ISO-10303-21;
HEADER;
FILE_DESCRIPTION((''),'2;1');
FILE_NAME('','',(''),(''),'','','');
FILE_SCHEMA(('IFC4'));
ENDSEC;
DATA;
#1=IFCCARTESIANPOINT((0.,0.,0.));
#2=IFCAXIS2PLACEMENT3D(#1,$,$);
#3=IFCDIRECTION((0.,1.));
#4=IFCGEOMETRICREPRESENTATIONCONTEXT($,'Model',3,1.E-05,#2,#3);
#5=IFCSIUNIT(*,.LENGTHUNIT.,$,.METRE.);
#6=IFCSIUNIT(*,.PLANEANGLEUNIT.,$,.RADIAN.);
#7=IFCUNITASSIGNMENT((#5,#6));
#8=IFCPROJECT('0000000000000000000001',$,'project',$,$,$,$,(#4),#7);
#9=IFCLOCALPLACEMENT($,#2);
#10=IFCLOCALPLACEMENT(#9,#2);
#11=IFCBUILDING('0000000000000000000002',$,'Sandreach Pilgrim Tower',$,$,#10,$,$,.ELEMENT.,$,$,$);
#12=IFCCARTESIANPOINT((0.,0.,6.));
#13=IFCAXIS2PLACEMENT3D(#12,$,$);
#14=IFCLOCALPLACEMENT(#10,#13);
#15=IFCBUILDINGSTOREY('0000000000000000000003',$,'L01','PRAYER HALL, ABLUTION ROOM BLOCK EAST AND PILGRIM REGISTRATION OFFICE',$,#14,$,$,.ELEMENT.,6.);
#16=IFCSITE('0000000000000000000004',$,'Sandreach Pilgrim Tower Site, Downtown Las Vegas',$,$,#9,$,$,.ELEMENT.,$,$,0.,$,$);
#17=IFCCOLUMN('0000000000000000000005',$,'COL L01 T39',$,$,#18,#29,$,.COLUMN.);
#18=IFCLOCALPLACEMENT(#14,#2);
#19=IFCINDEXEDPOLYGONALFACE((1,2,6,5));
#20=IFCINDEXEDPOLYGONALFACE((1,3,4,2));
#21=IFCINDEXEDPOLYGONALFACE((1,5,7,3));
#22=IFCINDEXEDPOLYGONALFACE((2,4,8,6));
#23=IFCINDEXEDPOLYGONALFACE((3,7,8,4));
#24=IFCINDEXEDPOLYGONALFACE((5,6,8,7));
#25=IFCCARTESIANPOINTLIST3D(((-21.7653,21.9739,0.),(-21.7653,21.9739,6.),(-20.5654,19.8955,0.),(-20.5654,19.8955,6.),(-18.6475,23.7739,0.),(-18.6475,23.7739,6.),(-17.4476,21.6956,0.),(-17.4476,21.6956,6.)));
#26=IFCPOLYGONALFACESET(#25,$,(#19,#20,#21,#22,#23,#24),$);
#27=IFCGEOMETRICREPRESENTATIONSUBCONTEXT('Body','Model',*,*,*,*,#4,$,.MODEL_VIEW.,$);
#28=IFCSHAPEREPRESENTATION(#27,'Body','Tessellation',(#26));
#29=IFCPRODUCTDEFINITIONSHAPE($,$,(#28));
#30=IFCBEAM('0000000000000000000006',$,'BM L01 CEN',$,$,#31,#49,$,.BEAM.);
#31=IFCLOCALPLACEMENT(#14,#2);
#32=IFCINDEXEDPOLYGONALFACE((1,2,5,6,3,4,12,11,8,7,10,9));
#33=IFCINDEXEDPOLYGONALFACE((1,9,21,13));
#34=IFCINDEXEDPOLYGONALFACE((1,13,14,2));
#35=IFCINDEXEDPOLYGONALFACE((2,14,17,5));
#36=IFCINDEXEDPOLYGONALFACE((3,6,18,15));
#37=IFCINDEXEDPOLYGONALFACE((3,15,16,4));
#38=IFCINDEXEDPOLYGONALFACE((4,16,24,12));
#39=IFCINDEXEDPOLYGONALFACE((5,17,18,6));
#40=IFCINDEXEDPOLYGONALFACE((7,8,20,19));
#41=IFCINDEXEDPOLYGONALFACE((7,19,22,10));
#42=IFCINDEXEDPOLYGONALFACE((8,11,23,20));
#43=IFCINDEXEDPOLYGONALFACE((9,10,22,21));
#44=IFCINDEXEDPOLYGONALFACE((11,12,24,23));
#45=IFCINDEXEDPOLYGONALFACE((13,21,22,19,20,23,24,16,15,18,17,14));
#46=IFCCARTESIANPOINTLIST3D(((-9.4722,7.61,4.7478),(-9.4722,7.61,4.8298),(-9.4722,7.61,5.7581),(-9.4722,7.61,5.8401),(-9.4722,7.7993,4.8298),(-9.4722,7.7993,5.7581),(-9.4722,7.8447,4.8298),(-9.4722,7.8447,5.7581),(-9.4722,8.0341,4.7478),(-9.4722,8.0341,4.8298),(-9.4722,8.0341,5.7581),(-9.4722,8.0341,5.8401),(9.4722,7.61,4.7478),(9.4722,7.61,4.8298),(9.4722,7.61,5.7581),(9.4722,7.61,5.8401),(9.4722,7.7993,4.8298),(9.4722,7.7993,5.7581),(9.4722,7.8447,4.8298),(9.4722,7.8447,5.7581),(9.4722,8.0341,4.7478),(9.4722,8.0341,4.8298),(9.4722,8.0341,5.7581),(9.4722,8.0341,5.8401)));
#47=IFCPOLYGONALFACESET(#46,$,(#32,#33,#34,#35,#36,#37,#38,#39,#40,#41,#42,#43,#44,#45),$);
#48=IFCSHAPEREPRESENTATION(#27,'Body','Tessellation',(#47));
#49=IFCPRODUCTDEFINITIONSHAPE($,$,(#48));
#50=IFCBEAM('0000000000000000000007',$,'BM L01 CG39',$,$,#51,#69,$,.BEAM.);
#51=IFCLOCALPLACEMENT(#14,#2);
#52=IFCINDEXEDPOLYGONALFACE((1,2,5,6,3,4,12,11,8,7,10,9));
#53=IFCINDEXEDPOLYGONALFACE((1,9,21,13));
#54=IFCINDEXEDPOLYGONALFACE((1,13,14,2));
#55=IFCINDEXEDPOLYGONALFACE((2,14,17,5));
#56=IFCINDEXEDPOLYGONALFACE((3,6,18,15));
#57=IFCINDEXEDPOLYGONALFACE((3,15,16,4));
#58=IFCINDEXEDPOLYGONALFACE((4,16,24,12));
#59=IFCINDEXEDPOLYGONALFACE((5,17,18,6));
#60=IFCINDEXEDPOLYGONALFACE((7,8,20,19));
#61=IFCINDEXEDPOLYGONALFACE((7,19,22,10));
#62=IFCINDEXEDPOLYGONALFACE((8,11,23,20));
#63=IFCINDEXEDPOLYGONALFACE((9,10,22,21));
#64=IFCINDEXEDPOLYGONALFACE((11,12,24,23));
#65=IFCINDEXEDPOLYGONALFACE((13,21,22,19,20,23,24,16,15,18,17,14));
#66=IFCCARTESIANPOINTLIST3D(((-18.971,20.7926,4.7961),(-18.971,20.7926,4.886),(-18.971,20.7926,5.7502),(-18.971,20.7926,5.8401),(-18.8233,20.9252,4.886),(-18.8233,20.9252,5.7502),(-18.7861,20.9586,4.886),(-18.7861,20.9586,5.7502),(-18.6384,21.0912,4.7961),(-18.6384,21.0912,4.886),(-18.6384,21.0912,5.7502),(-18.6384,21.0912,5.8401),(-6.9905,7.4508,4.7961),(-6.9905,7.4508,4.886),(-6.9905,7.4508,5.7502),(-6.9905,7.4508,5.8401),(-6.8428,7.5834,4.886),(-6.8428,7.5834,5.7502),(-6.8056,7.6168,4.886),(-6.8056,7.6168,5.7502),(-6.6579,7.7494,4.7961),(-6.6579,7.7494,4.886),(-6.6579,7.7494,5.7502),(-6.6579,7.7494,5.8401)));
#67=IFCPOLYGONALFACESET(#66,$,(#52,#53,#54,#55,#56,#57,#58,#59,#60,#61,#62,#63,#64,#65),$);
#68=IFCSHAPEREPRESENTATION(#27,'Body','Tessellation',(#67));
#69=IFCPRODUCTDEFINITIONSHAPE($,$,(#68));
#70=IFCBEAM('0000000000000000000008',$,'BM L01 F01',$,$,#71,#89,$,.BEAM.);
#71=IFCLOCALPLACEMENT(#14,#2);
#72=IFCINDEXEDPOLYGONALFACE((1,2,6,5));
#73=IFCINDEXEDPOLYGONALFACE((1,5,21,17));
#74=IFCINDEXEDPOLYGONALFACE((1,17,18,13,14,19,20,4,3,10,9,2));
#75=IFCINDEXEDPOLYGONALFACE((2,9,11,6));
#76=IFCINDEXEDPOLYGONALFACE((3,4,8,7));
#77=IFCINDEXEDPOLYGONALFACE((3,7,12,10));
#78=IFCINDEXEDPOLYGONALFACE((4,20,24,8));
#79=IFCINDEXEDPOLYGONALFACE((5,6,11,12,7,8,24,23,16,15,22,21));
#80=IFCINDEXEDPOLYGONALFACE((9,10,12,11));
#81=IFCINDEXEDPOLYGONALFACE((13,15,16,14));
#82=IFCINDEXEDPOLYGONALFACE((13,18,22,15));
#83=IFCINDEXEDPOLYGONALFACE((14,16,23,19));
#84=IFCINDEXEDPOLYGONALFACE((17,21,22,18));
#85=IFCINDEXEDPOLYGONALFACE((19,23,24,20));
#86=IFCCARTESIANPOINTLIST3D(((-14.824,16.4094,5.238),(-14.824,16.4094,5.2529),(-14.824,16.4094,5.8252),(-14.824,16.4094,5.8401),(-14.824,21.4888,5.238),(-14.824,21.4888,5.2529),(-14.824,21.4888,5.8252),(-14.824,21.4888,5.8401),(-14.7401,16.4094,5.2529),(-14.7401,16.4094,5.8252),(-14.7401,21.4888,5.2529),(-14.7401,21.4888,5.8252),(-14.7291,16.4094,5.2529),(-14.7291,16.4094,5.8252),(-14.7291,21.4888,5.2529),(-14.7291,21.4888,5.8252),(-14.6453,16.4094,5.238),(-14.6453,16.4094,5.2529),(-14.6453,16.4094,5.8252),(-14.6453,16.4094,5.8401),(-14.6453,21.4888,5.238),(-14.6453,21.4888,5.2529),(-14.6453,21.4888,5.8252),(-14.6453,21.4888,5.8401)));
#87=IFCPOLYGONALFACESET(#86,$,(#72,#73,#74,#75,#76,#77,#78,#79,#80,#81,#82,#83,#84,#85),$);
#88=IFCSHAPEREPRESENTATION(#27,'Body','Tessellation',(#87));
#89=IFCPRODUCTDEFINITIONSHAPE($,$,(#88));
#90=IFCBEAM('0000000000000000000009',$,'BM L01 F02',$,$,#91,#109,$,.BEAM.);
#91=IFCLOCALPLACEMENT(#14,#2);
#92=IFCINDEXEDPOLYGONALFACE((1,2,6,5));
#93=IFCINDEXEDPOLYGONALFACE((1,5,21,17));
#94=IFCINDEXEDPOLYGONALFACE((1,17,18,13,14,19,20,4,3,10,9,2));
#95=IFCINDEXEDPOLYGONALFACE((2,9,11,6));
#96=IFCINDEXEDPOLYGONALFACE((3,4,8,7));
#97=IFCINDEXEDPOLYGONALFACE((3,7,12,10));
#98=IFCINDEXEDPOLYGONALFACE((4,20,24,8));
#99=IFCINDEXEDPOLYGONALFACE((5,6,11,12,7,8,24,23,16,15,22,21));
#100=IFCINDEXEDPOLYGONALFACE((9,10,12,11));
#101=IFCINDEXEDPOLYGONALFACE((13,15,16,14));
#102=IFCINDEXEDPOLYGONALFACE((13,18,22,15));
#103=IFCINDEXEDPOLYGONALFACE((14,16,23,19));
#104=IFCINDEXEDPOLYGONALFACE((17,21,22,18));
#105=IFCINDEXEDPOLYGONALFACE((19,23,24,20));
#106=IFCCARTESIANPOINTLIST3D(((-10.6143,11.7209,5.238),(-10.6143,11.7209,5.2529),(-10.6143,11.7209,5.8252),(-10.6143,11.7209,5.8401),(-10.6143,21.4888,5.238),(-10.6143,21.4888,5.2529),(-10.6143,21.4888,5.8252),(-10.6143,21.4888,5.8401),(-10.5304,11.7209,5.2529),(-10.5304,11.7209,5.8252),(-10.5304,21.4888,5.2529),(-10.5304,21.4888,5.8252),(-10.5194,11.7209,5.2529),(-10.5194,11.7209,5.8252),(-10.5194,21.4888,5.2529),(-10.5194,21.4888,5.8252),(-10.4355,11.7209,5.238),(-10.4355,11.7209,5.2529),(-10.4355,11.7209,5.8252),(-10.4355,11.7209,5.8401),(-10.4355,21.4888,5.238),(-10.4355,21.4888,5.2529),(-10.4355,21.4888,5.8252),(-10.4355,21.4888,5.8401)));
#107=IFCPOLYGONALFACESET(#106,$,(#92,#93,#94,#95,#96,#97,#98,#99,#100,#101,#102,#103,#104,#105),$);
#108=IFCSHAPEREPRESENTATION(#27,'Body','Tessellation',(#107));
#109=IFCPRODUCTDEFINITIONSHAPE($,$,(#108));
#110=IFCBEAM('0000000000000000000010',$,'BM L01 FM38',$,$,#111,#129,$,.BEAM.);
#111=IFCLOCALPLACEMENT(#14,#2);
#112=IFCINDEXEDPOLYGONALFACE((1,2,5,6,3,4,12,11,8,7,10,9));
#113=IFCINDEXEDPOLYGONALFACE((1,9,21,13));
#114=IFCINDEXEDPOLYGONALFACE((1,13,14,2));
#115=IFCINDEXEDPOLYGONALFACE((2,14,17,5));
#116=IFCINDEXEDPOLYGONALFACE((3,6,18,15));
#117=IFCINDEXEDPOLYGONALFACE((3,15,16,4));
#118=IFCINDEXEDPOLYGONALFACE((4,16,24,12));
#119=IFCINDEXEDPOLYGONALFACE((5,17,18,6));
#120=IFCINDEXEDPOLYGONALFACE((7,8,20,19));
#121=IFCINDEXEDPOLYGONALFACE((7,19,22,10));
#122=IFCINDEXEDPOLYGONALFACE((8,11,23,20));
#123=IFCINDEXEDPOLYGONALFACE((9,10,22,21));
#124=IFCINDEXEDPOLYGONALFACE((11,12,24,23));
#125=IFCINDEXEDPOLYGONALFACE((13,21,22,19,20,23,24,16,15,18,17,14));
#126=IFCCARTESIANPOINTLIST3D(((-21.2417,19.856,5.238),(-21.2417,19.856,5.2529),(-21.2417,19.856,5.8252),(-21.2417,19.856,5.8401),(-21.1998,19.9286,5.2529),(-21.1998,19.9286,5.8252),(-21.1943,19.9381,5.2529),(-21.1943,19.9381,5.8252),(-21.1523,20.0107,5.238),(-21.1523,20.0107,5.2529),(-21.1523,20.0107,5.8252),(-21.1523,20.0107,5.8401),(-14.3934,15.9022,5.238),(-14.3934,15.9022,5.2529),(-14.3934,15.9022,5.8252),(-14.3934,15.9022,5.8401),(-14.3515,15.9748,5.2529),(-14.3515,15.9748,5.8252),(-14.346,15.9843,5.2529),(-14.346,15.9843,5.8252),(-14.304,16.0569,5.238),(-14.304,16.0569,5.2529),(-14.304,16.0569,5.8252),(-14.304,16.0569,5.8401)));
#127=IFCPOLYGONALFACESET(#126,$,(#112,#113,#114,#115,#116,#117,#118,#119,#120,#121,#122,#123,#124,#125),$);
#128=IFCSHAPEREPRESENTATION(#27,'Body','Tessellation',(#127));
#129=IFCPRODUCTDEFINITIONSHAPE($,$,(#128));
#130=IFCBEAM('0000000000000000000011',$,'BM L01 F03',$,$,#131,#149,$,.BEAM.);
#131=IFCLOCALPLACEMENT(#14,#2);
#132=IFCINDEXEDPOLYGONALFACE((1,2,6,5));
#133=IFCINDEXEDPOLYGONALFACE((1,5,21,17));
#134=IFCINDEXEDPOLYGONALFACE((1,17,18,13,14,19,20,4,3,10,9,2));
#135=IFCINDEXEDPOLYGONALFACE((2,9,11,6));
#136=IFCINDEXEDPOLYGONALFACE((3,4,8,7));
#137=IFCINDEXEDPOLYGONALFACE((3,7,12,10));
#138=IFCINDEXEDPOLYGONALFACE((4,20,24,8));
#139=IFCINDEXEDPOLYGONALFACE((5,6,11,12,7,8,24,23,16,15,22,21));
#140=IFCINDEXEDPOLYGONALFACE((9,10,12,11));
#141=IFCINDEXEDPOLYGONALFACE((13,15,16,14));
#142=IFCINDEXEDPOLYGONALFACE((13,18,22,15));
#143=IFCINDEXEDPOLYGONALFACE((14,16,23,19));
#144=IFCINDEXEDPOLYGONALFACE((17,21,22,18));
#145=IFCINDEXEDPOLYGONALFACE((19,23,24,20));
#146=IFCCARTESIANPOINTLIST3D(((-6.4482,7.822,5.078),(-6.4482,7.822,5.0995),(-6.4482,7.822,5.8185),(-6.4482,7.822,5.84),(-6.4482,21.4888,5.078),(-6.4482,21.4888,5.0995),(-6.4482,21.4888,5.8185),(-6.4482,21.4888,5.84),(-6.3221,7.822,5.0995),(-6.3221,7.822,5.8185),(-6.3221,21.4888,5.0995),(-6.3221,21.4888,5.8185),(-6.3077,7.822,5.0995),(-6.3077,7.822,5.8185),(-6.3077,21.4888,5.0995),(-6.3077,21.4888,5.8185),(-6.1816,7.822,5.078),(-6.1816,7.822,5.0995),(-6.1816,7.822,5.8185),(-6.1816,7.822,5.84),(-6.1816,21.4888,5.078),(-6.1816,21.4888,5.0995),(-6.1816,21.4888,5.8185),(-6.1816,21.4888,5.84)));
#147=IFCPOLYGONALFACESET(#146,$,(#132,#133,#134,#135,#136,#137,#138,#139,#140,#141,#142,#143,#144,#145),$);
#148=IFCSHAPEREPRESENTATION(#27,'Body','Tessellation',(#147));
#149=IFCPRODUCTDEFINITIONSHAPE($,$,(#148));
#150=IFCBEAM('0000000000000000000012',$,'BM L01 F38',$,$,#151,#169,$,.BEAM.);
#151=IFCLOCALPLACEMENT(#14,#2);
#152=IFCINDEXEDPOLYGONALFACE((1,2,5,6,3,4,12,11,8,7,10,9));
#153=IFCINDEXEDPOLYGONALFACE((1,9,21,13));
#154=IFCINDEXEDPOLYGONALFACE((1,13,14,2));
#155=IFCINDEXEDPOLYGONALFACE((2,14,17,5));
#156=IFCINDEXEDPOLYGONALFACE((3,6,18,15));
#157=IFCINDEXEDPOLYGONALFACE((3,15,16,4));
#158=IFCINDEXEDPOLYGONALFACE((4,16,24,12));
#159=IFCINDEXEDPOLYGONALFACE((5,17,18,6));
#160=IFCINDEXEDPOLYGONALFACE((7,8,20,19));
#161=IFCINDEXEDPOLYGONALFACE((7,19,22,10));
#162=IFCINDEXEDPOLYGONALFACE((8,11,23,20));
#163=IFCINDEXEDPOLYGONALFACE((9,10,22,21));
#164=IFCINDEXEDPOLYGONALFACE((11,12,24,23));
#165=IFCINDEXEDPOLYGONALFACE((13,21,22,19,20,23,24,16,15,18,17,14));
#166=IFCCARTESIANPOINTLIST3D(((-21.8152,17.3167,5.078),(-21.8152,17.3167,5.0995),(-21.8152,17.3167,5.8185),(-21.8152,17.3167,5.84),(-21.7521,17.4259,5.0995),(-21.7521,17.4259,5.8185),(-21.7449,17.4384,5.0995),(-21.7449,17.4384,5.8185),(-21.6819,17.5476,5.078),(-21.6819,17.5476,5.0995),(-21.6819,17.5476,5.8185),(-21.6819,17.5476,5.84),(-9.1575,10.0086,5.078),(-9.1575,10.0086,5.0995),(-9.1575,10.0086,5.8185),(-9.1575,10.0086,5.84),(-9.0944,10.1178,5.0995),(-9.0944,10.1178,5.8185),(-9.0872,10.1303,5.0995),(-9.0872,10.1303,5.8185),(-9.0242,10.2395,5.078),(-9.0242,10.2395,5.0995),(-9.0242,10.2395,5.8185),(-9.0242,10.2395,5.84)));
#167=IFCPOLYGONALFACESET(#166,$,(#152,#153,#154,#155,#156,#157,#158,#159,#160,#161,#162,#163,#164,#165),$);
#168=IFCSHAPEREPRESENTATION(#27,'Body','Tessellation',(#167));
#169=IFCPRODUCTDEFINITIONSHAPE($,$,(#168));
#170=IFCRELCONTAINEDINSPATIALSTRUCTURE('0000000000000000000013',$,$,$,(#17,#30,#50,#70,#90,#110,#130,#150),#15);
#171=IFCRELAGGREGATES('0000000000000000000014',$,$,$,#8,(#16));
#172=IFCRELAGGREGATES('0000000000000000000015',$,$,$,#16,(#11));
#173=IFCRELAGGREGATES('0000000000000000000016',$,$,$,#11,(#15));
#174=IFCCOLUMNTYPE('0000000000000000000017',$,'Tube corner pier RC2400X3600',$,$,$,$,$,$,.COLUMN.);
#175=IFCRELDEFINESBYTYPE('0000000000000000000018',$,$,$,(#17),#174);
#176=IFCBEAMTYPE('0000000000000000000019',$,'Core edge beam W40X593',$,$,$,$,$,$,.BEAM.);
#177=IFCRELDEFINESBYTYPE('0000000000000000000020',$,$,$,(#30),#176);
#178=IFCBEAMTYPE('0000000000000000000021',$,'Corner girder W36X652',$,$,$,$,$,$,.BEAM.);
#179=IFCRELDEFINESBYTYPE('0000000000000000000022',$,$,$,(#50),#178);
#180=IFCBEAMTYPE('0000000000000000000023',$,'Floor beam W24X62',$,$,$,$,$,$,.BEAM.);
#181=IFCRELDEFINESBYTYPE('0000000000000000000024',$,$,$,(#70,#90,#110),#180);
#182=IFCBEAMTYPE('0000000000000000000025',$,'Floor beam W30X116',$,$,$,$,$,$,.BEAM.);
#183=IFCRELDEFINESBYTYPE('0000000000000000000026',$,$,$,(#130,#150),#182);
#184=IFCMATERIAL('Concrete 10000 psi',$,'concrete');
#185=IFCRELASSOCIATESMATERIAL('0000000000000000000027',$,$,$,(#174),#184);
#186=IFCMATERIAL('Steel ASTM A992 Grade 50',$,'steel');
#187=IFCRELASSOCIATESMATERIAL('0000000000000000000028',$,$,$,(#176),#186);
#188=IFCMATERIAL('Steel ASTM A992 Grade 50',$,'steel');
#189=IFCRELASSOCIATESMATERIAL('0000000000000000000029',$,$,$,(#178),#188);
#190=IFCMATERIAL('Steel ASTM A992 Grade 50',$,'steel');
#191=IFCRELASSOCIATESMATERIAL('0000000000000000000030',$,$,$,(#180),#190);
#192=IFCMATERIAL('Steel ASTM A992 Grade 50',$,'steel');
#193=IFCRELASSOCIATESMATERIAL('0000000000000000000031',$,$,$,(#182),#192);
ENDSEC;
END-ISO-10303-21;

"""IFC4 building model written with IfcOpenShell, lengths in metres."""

from ifc_helpers import new_model, si_unit, direction, frame, origin, origin_2d, place, context, subcontext, project, spatial, rectangle, i_section, extrude, material, material_profile, profile_set, type_object, element, save


model = new_model("IFC4")

# Units and contexts
model_context = context("Model", 3, precision=1e-05, world=origin(), true_north=direction((0.0, 1.0)))
body_context = subcontext(model_context, "Body", "Model", "MODEL_VIEW")
ifc_project = project(units=[si_unit("LENGTHUNIT", "METRE"), si_unit("PLANEANGLEUNIT", "RADIAN")], contexts=[model_context])

# Site, building, storey
site_placement = place(None, origin())
site = spatial("IfcSite", under=ifc_project, at=site_placement, Name="Sandreach Pilgrim Tower Site, Downtown Las Vegas", CompositionType="ELEMENT", RefElevation=0.0)
building_placement = place(site_placement, origin())
building = spatial("IfcBuilding", under=site, at=building_placement, Name="Sandreach Pilgrim Tower", CompositionType="ELEMENT")
storey_placement = place(building_placement, frame((0.0, 0.0, 6.0)))
storey = spatial("IfcBuildingStorey", under=building, at=storey_placement, Name="L01", Description="PRAYER HALL, ABLUTION ROOM BLOCK EAST AND PILGRIM REGISTRATION OFFICE", CompositionType="ELEMENT", Elevation=6.0)

# Column
ifc_material_1 = material(Name="Concrete 10000 psi", Category="concrete")
ifc_material_profile_1 = material_profile(ifc_material_1, rectangle(XDim=2.3999, YDim=3.6001, at=origin_2d()), Name="RC2400X3600")
ifc_profile_set_1 = profile_set([ifc_material_profile_1], Name="Concrete 10000 psi")
column_type = type_object("IfcColumnType", Name="Tube corner pier RC2400X3600", PredefinedType="COLUMN", material=ifc_profile_set_1)
column_placement = place(storey_placement, frame((-19.6064, 21.8347, 0.0), z_axis=(0.0, 0.0, 1.0), x_axis=(-0.5, 0.866025, 0.0)))
element("IfcColumn", 1, at=column_placement, inside=storey, type_object=column_type, Name="COL L01 T39", PredefinedType="COLUMN", context=body_context, shape_type="SweptSolid", body=[
    extrude(rectangle(XDim=2.3999, YDim=3.6001, at=origin_2d()), origin(), (0.0, 0.0, 1.0), 6.0),
])

# Beams
ifc_material_2 = material(Name="Steel ASTM A992 Grade 50", Category="steel")
ifc_material_profile_2 = material_profile(ifc_material_2, i_section(OverallWidth=0.4241, OverallDepth=1.0923, WebThickness=0.0454, FlangeThickness=0.082, at=origin_2d()), Name="W40X593")
ifc_profile_set_2 = profile_set([ifc_material_profile_2], Name="Steel ASTM A992 Grade 50")
beam_type_1 = type_object("IfcBeamType", Name="Core edge beam W40X593", PredefinedType="BEAM", material=ifc_profile_set_2)
beam_1_placement = place(storey_placement, frame((-9.4722, 7.822, 5.2939), z_axis=(1.0, 0.0, 0.0), x_axis=(0.0, 1.0, 0.0)))
element("IfcBeam", 2, at=beam_1_placement, inside=storey, type_object=beam_type_1, Name="BM L01 CEN", PredefinedType="BEAM", context=body_context, shape_type="SweptSolid", body=[
    extrude(i_section(OverallWidth=0.4241, OverallDepth=1.0923, WebThickness=0.0454, FlangeThickness=0.082, at=origin_2d()), origin(), (0.0, 0.0, 1.0), 18.9443),
])
ifc_material_3 = material(Name="Steel ASTM A992 Grade 50", Category="steel")
ifc_material_profile_3 = material_profile(ifc_material_3, i_section(OverallWidth=0.447, OverallDepth=1.0439, WebThickness=0.05, FlangeThickness=0.0898, at=origin_2d()), Name="W36X652")
ifc_profile_set_3 = profile_set([ifc_material_profile_3], Name="Steel ASTM A992 Grade 50")
beam_type_2 = type_object("IfcBeamType", Name="Corner girder W36X652", PredefinedType="BEAM", material=ifc_profile_set_3)
beam_2_placement = place(storey_placement, frame((-18.8047, 20.9419, 5.3181), z_axis=(0.668128, -0.744047, 0.0), x_axis=(0.744047, 0.668128, 0.0)))
element("IfcBeam", 3, at=beam_2_placement, inside=storey, type_object=beam_type_2, Name="BM L01 CG39", PredefinedType="BEAM", context=body_context, shape_type="SweptSolid", body=[
    extrude(i_section(OverallWidth=0.447, OverallDepth=1.0439, WebThickness=0.05, FlangeThickness=0.0898, at=origin_2d()), origin(), (0.0, 0.0, 1.0), 17.9314),
])
ifc_material_4 = material(Name="Steel ASTM A992 Grade 50", Category="steel")
ifc_material_profile_4 = material_profile(ifc_material_4, i_section(OverallWidth=0.1787, OverallDepth=0.6021, WebThickness=0.011, FlangeThickness=0.0149, at=origin_2d()), Name="W24X62")
ifc_profile_set_4 = profile_set([ifc_material_profile_4], Name="Steel ASTM A992 Grade 50")
beam_type_3 = type_object("IfcBeamType", Name="Floor beam W24X62", PredefinedType="BEAM", material=ifc_profile_set_4)
beam_3_placement = place(storey_placement, frame((-14.7346, 21.4888, 5.5391), z_axis=(0.0, -1.0, 0.0), x_axis=(1.0, 0.0, 0.0)))
element("IfcBeam", 4, at=beam_3_placement, inside=storey, type_object=beam_type_3, Name="BM L01 F01", PredefinedType="BEAM", context=body_context, shape_type="SweptSolid", body=[
    extrude(i_section(OverallWidth=0.1787, OverallDepth=0.6021, WebThickness=0.011, FlangeThickness=0.0149, at=origin_2d()), origin(), (0.0, 0.0, 1.0), 5.0793),
])
beam_4_placement = place(storey_placement, frame((-10.5249, 21.4888, 5.5391), z_axis=(0.0, -1.0, 0.0), x_axis=(1.0, 0.0, 0.0)))
element("IfcBeam", 5, at=beam_4_placement, inside=storey, type_object=beam_type_3, Name="BM L01 F02", PredefinedType="BEAM", context=body_context, shape_type="SweptSolid", body=[
    extrude(i_section(OverallWidth=0.1787, OverallDepth=0.6021, WebThickness=0.011, FlangeThickness=0.0149, at=origin_2d()), origin(), (0.0, 0.0, 1.0), 9.7678),
])
beam_5_placement = place(storey_placement, frame((-21.197, 19.9333, 5.5391), z_axis=(0.866029, -0.499994, 0.0), x_axis=(0.499994, 0.866029, 0.0)))
element("IfcBeam", 6, at=beam_5_placement, inside=storey, type_object=beam_type_3, Name="BM L01 FM38", PredefinedType="BEAM", context=body_context, shape_type="SweptSolid", body=[
    extrude(i_section(OverallWidth=0.1787, OverallDepth=0.6021, WebThickness=0.011, FlangeThickness=0.0149, at=origin_2d()), origin(), (0.0, 0.0, 1.0), 7.9077),
])
ifc_material_5 = material(Name="Steel ASTM A992 Grade 50", Category="steel")
ifc_material_profile_5 = material_profile(ifc_material_5, i_section(OverallWidth=0.2666, OverallDepth=0.762, WebThickness=0.0144, FlangeThickness=0.0215, at=origin_2d()), Name="W30X116")
ifc_profile_set_5 = profile_set([ifc_material_profile_5], Name="Steel ASTM A992 Grade 50")
beam_type_4 = type_object("IfcBeamType", Name="Floor beam W30X116", PredefinedType="BEAM", material=ifc_profile_set_5)
beam_6_placement = place(storey_placement, frame((-6.3149, 21.4888, 5.459), z_axis=(0.0, -1.0, 0.0), x_axis=(1.0, 0.0, 0.0)))
element("IfcBeam", 7, at=beam_6_placement, inside=storey, type_object=beam_type_4, Name="BM L01 F03", PredefinedType="BEAM", context=body_context, shape_type="SweptSolid", body=[
    extrude(i_section(OverallWidth=0.2666, OverallDepth=0.762, WebThickness=0.0144, FlangeThickness=0.0215, at=origin_2d()), origin(), (0.0, 0.0, 1.0), 13.6667),
])
beam_7_placement = place(storey_placement, frame((-21.7485, 17.4321, 5.459), z_axis=(0.86602, -0.500009, 0.0), x_axis=(0.500009, 0.86602, 0.0)))
element("IfcBeam", 8, at=beam_7_placement, inside=storey, type_object=beam_type_4, Name="BM L01 F38", PredefinedType="BEAM", context=body_context, shape_type="SweptSolid", body=[
    extrude(i_section(OverallWidth=0.2666, OverallDepth=0.762, WebThickness=0.0144, FlangeThickness=0.0215, at=origin_2d()), origin(), (0.0, 0.0, 1.0), 14.616),
])

save(model, "model.ifc")
